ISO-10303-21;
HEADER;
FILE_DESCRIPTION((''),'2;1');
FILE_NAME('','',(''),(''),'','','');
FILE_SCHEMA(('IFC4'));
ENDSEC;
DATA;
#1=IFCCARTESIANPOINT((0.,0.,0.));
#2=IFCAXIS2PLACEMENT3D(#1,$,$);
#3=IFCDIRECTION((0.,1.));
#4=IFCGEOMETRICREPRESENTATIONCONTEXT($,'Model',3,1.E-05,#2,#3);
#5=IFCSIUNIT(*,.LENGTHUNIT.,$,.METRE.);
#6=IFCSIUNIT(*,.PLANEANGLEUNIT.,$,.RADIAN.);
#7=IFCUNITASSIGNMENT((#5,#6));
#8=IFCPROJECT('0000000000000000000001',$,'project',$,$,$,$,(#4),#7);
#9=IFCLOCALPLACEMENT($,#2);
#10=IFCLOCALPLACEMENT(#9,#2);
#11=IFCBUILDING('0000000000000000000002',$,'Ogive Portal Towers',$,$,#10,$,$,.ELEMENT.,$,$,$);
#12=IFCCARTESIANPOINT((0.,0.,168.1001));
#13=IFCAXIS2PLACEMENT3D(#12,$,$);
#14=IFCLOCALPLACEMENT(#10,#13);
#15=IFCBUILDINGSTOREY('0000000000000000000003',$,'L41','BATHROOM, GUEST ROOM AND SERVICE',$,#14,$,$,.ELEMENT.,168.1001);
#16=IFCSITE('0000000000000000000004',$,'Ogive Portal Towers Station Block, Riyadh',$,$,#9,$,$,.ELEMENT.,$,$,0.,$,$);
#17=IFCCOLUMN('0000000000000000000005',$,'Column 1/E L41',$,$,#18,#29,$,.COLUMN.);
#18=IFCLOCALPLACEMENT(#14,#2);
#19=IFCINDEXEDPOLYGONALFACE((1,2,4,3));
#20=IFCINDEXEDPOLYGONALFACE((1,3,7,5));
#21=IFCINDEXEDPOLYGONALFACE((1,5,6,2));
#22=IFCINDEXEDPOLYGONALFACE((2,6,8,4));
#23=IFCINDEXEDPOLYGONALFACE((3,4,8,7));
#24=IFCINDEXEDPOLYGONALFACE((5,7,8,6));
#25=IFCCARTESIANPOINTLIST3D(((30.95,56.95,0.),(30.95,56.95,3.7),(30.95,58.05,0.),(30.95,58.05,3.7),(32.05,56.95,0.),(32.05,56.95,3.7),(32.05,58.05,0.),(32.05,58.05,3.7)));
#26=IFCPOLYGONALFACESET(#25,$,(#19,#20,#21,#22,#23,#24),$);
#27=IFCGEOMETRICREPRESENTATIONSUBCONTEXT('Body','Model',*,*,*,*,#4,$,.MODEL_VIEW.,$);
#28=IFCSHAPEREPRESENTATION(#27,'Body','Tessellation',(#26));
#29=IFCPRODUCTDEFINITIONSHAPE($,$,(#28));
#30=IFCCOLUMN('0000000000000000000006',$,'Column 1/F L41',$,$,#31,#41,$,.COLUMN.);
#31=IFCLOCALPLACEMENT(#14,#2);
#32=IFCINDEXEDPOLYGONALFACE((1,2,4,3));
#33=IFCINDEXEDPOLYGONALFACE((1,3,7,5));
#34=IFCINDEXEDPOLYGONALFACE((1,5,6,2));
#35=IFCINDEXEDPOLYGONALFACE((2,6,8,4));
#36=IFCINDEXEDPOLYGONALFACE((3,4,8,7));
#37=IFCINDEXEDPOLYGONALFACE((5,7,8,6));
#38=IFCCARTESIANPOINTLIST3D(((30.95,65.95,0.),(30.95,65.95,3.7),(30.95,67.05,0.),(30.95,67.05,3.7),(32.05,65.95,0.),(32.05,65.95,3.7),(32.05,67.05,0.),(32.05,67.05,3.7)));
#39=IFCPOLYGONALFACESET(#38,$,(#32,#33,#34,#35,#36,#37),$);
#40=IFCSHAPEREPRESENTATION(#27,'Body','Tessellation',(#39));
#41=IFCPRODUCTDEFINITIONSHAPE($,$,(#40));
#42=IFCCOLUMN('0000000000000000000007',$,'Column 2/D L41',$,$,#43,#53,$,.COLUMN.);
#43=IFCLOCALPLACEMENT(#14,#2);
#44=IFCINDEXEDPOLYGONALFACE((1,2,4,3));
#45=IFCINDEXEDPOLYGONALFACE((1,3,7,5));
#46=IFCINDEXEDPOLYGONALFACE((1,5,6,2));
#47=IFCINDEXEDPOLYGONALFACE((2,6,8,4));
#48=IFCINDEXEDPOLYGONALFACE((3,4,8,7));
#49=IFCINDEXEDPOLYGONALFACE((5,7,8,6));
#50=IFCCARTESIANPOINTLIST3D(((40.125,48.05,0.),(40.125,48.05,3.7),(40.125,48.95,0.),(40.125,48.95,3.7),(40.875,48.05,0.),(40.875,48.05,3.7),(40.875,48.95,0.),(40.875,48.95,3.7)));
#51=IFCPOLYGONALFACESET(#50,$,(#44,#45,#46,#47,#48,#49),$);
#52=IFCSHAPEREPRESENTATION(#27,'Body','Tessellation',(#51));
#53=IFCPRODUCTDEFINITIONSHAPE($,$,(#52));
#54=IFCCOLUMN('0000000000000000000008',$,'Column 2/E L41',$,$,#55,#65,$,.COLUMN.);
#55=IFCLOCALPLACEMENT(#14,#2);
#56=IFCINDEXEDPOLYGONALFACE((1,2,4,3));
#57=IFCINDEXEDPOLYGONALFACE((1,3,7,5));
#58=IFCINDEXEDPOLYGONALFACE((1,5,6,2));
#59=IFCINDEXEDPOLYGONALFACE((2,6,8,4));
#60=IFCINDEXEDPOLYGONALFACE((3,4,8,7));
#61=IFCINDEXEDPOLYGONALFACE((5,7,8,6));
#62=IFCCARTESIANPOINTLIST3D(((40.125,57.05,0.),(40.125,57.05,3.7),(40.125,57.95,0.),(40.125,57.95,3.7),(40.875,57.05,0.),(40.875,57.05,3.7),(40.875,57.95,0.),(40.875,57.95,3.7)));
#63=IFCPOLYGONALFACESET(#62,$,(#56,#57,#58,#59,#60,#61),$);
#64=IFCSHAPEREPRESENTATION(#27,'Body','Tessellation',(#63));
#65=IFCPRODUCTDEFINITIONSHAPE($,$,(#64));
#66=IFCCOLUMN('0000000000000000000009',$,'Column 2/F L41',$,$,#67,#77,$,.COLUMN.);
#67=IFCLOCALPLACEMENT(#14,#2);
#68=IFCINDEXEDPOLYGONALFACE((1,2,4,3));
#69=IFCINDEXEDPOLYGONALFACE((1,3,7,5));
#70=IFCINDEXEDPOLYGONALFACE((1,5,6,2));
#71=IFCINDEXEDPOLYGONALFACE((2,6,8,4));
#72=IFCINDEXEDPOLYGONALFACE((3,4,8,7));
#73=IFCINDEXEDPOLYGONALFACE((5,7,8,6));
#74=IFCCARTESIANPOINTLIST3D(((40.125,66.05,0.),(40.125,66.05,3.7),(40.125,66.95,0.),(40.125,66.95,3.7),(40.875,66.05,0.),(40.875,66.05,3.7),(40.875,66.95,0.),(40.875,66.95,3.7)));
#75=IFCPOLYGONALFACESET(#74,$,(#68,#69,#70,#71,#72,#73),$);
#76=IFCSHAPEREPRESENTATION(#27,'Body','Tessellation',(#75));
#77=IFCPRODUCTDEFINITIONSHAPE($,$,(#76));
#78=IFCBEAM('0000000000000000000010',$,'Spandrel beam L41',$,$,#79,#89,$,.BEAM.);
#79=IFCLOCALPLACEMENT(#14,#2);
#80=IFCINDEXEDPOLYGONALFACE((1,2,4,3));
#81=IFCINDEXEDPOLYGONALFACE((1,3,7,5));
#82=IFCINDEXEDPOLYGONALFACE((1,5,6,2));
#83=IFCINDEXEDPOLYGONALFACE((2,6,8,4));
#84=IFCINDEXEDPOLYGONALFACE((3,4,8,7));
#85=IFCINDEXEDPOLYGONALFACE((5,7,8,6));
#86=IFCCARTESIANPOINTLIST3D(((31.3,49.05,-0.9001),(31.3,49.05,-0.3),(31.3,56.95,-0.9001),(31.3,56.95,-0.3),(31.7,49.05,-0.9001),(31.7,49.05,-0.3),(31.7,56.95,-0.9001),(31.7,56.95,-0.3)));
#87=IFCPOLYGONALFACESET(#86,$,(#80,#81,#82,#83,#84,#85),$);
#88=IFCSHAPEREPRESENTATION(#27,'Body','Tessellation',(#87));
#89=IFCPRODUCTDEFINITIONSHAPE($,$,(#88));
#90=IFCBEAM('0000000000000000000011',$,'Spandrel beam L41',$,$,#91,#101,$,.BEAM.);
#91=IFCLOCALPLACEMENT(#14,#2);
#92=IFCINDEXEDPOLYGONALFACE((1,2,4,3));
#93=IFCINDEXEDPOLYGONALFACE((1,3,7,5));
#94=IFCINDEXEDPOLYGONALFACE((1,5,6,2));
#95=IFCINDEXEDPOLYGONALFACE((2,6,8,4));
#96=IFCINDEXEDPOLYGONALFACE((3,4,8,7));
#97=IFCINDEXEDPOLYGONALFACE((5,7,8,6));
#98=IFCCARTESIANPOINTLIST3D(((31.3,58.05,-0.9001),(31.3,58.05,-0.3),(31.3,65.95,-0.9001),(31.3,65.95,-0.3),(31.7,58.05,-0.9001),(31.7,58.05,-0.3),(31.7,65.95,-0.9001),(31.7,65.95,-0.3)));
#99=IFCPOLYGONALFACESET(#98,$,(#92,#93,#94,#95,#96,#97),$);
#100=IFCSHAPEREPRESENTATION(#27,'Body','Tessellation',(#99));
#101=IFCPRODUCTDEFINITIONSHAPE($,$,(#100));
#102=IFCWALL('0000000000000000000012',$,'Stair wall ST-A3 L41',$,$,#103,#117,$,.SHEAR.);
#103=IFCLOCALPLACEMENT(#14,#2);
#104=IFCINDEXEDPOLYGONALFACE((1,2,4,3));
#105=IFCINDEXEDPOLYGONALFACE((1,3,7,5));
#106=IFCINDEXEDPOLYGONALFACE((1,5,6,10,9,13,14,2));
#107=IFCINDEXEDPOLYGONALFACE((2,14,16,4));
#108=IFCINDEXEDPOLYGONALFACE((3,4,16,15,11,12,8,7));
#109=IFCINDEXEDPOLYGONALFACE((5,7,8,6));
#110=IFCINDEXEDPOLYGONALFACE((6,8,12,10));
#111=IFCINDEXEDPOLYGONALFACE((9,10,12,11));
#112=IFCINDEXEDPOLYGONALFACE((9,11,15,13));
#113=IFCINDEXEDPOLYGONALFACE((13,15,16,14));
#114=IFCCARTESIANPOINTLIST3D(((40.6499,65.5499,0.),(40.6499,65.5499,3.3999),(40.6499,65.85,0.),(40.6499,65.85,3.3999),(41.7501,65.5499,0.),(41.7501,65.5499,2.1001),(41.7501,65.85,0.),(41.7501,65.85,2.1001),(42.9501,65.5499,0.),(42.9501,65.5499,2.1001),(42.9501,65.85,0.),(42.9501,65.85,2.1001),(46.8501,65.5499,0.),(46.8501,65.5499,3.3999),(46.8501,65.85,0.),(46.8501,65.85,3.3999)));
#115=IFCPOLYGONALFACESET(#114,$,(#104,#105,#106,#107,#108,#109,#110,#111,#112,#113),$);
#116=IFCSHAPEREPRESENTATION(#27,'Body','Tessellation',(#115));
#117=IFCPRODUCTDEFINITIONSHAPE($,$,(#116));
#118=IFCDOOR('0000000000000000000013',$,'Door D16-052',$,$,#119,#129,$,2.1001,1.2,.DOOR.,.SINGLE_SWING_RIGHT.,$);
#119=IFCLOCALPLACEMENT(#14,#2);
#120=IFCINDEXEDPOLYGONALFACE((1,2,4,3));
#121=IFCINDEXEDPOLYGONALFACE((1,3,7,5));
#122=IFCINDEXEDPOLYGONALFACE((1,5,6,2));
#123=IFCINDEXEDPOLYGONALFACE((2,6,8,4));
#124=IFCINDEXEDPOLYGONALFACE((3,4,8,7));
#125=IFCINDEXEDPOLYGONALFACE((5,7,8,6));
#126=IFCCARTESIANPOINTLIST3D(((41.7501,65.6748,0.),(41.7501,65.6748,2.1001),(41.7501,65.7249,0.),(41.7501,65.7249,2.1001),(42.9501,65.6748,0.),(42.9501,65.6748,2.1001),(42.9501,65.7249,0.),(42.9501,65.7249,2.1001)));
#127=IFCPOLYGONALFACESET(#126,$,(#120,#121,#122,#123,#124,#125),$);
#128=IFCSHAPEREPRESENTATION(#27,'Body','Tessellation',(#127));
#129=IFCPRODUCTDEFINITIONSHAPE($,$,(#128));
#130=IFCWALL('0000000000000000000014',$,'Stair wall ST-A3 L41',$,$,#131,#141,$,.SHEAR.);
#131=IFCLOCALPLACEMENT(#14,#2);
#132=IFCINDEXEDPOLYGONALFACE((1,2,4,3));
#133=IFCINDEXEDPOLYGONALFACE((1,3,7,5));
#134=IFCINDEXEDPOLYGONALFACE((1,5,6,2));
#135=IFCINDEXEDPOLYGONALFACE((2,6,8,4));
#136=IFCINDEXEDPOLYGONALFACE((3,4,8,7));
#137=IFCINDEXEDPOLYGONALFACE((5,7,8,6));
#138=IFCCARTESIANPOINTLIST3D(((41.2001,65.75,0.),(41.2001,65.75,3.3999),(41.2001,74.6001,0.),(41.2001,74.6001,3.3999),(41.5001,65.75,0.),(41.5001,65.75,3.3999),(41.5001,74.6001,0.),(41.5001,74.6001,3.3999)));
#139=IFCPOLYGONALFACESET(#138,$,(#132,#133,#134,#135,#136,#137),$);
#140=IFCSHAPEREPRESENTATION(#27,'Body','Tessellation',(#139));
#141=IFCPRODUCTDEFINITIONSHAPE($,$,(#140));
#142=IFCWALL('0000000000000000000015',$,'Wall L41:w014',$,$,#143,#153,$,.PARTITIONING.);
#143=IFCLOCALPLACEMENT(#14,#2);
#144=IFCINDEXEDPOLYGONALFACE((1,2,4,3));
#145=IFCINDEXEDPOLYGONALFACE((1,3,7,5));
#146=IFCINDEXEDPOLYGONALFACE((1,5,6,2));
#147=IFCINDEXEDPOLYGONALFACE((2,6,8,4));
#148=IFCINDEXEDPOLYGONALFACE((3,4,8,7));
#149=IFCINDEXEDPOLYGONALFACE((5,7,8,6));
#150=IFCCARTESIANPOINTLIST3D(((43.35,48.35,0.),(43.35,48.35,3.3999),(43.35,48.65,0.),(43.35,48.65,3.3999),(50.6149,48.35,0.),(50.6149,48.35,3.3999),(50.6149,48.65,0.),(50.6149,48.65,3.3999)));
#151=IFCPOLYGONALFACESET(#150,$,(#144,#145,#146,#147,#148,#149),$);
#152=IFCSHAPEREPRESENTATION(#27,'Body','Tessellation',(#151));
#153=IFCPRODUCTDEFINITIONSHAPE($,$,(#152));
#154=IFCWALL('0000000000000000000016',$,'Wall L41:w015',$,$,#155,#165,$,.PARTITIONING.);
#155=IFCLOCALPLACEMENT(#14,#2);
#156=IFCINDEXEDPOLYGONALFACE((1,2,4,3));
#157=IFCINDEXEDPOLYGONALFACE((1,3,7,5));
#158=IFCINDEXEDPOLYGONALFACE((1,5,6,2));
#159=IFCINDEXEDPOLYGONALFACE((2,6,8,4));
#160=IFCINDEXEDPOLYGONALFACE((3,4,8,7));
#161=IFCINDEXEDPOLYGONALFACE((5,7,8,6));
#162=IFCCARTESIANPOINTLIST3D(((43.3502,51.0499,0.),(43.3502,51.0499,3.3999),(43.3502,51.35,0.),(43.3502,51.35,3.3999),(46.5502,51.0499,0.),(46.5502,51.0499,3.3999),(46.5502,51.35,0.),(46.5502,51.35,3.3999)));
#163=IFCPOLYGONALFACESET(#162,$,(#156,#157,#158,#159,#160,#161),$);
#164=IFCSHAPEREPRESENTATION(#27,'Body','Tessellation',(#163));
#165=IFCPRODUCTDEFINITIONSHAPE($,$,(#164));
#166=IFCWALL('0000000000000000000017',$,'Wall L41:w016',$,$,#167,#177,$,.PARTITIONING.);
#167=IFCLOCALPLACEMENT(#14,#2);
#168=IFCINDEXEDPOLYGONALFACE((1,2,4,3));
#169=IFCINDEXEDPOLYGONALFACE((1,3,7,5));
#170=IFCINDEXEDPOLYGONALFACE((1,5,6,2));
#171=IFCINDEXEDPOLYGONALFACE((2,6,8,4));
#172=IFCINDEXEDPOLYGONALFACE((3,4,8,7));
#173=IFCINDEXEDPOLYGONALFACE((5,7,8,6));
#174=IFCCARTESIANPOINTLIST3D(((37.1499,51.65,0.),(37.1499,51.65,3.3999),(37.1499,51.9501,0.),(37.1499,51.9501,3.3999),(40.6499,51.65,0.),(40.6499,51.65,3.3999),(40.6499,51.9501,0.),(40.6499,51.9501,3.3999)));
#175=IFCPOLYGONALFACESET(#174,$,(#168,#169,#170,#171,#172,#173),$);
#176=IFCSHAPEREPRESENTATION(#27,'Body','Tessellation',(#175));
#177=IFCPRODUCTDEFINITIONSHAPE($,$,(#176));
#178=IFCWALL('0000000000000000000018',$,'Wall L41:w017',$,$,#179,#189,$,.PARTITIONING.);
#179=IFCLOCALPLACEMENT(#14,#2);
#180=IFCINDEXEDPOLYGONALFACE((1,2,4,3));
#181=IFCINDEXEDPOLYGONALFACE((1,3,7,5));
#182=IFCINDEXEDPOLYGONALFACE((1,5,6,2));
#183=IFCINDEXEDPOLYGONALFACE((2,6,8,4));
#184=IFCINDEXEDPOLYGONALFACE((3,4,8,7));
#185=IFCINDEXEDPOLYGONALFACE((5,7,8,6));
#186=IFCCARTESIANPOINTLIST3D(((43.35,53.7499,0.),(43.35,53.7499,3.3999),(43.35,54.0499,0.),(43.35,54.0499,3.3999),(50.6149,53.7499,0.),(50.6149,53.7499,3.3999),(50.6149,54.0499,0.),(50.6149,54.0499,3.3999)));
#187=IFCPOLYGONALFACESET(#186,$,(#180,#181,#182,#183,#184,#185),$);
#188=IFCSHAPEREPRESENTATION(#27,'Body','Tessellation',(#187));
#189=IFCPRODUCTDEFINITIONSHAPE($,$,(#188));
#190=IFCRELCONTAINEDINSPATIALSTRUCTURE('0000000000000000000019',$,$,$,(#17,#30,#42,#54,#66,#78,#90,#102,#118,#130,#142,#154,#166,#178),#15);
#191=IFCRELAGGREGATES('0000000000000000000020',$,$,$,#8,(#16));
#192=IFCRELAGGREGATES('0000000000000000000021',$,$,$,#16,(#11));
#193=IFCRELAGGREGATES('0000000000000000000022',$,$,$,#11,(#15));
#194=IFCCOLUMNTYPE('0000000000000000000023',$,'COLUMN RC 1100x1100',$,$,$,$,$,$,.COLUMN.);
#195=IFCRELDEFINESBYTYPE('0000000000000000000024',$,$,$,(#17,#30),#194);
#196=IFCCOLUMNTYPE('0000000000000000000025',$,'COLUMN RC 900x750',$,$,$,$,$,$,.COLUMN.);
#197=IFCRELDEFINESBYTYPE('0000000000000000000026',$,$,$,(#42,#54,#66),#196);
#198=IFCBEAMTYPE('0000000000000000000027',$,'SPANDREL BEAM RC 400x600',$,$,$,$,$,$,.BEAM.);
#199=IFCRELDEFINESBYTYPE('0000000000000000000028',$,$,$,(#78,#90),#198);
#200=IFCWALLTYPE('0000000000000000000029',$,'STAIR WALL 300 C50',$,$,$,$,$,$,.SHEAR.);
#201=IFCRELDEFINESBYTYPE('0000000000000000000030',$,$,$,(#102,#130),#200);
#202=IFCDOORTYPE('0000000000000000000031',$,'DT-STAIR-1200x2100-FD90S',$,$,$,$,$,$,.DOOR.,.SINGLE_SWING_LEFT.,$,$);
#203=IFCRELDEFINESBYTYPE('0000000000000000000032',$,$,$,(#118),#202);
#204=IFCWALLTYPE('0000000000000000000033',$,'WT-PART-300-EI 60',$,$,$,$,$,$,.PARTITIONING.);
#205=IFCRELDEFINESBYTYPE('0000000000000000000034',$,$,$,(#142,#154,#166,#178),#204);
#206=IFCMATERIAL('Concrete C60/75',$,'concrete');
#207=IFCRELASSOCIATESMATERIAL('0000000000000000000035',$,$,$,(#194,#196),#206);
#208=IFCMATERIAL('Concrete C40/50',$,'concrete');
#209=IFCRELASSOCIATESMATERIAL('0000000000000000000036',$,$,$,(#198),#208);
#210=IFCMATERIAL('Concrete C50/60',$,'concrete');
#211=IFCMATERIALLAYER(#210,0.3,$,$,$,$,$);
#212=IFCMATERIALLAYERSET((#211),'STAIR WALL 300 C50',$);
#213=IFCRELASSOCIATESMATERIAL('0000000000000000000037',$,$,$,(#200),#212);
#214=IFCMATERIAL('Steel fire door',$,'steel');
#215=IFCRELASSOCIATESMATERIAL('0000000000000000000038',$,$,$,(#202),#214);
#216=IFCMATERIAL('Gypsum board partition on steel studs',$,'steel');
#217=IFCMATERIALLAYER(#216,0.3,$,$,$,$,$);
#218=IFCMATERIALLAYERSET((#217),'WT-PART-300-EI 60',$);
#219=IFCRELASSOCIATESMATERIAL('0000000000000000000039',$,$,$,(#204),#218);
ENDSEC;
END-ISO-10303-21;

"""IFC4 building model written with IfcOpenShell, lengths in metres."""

from ifc_helpers import new_model, si_unit, direction, frame, frame_2d, origin, origin_2d, place, context, subcontext, project, spatial, rectangle, extrude, material, layer, layer_set, material_profile, profile_set, type_object, element, fill, save


model = new_model("IFC4")

# Units and contexts
model_context = context("Model", 3, precision=1e-05, world=origin(), true_north=direction((0.0, 1.0)))
body_context = subcontext(model_context, "Body", "Model", "MODEL_VIEW")
ifc_project = project(units=[si_unit("LENGTHUNIT", "METRE"), si_unit("PLANEANGLEUNIT", "RADIAN")], contexts=[model_context])

# Site, building, storey
site_placement = place(None, origin())
site = spatial("IfcSite", under=ifc_project, at=site_placement, Name="Ogive Portal Towers Station Block, Riyadh", CompositionType="ELEMENT", RefElevation=0.0)
building_placement = place(site_placement, origin())
building = spatial("IfcBuilding", under=site, at=building_placement, Name="Ogive Portal Towers", CompositionType="ELEMENT")
storey_placement = place(building_placement, frame((0.0, 0.0, 168.1001)))
storey = spatial("IfcBuildingStorey", under=building, at=storey_placement, Name="L41", Description="BATHROOM, GUEST ROOM AND SERVICE", CompositionType="ELEMENT", Elevation=168.1001)

# Columns
ifc_material_1 = material(Name="Concrete C60/75", Category="concrete")
ifc_material_profile_1 = material_profile(ifc_material_1, rectangle(XDim=1.1001, YDim=1.1001, at=origin_2d()), Name="RC 1100x1100")
ifc_profile_set_1 = profile_set([ifc_material_profile_1], Name="Concrete C60/75")
column_type_1 = type_object("IfcColumnType", Name="COLUMN RC 1100x1100", PredefinedType="COLUMN", material=ifc_profile_set_1)
for number, where, z_axis, x_axis, name in (
    (1, (31.5, 57.5, 0.0), (0.0, 0.0, 1.0), (1.0, 0.0, 0.0), "Column 1/E L41"),
    (2, (31.5, 66.5, 0.0), (0.0, 0.0, 1.0), (1.0, 0.0, 0.0), "Column 1/F L41"),
):
    element("IfcColumn", number, at=place(storey_placement, frame(where, z_axis=z_axis, x_axis=x_axis)), inside=storey, type_object=column_type_1, Name=name, PredefinedType="COLUMN", context=body_context, shape_type="SweptSolid", body=[
        extrude(rectangle(XDim=1.1001, YDim=1.1001, at=origin_2d()), origin(), (0.0, 0.0, 1.0), 3.7),
    ])
ifc_material_profile_2 = material_profile(ifc_material_1, rectangle(XDim=0.8999, YDim=0.75, at=origin_2d()), Name="RC 900x750")
ifc_profile_set_2 = profile_set([ifc_material_profile_2], Name="Concrete C60/75")
column_type_2 = type_object("IfcColumnType", Name="COLUMN RC 900x750", PredefinedType="COLUMN", material=ifc_profile_set_2)
for number, where, z_axis, x_axis, name in (
    (3, (40.5, 48.5, 0.0), (0.0, 0.0, 1.0), (0.0, 1.0, 0.0), "Column 2/D L41"),
    (4, (40.5, 57.5, 0.0), (0.0, 0.0, 1.0), (0.0, 1.0, 0.0), "Column 2/E L41"),
    (5, (40.5, 66.5, 0.0), (0.0, 0.0, 1.0), (0.0, 1.0, 0.0), "Column 2/F L41"),
):
    element("IfcColumn", number, at=place(storey_placement, frame(where, z_axis=z_axis, x_axis=x_axis)), inside=storey, type_object=column_type_2, Name=name, PredefinedType="COLUMN", context=body_context, shape_type="SweptSolid", body=[
        extrude(rectangle(XDim=0.8999, YDim=0.75, at=origin_2d()), origin(), (0.0, 0.0, 1.0), 3.7),
    ])

# Beams
ifc_material_2 = material(Name="Concrete C40/50", Category="concrete")
ifc_material_profile_3 = material_profile(ifc_material_2, rectangle(XDim=0.3999, YDim=0.6001, at=origin_2d()), Name="RC 400x600")
ifc_profile_set_3 = profile_set([ifc_material_profile_3], Name="Concrete C40/50")
beam_type = type_object("IfcBeamType", Name="SPANDREL BEAM RC 400x600", PredefinedType="BEAM", material=ifc_profile_set_3)
for number, where, z_axis, x_axis, name in (
    (6, (31.5, 49.05, -0.6001), (0.0, 1.0, 0.0), (-1.0, 0.0, 0.0), "Spandrel beam L41"),
    (7, (31.5, 58.05, -0.6001), (0.0, 1.0, 0.0), (-1.0, 0.0, 0.0), "Spandrel beam L41"),
):
    element("IfcBeam", number, at=place(storey_placement, frame(where, z_axis=z_axis, x_axis=x_axis)), inside=storey, type_object=beam_type, Name=name, PredefinedType="BEAM", context=body_context, shape_type="SweptSolid", body=[
        extrude(rectangle(XDim=0.3999, YDim=0.6001, at=origin_2d()), origin(), (0.0, 0.0, 1.0), 7.8999),
    ])

# Wall, opening, door
ifc_material_3 = material(Name="Concrete C50/60", Category="concrete")
ifc_layer_1 = layer(ifc_material_3, 0.3)
ifc_layer_set_1 = layer_set([ifc_layer_1], Name="STAIR WALL 300 C50")
wall_type_1 = type_object("IfcWallType", Name="STAIR WALL 300 C50", PredefinedType="SHEAR", material=ifc_layer_set_1)
wall_1_placement = place(storey_placement, frame((40.6499, 65.7, 0.0), z_axis=(0.0, 0.0, 1.0), x_axis=(1.0, 0.0, 0.0)))
wall_1 = element("IfcWall", 8, at=wall_1_placement, inside=storey, type_object=wall_type_1, Name="Stair wall ST-A3 L41", PredefinedType="SHEAR", context=body_context, shape_type="SweptSolid", body=[
    extrude(rectangle(XDim=6.2002, YDim=0.3, at=frame_2d((3.1001, 0.0))), origin(), (0.0, 0.0, 1.0), 3.3999),
])
opening_1_placement = place(wall_1_placement, frame((1.1001, 0.0, 0.0)))
opening_1 = element("IfcOpeningElement", 9, at=opening_1_placement, cuts=wall_1, PredefinedType="OPENING", context=body_context, shape_type="SweptSolid", body=[
    extrude(rectangle(XDim=1.2, YDim=2.1001, at=frame_2d((0.6001, 1.05))), frame((0.0, 0.1602, 0.0), z_axis=(0.0, -1.0, 0.0), x_axis=(1.0, 0.0, 0.0)), (0.0, 0.0, 1.0), 0.3201),
])
ifc_material_4 = material(Name="Steel fire door", Category="steel")
door_type_1 = type_object("IfcDoorType", Name="DT-STAIR-1200x2100-FD90S", OperationType="SINGLE_SWING_LEFT", PredefinedType="DOOR", material=ifc_material_4)
door_1_placement = place(opening_1_placement, origin())
door_1 = element("IfcDoor", 10, at=door_1_placement, inside=storey, type_object=door_type_1, Name="Door D16-052", OperationType="SINGLE_SWING_RIGHT", OverallHeight=2.1001, OverallWidth=1.2, PredefinedType="DOOR", context=body_context, shape_type="SweptSolid", body=[
    extrude(rectangle(XDim=1.2, YDim=2.1001, at=frame_2d((0.6001, 1.05))), frame((0.0, 0.0249, 0.0), z_axis=(0.0, -1.0, 0.0), x_axis=(1.0, 0.0, 0.0)), (0.0, 0.0, 1.0), 0.05),
])
fill(opening_1, door_1)

# Walls
wall_2_placement = place(storey_placement, frame((41.3501, 65.75, 0.0), z_axis=(0.0, 0.0, 1.0), x_axis=(0.0, 1.0, 0.0)))
element("IfcWall", 11, at=wall_2_placement, inside=storey, type_object=wall_type_1, Name="Stair wall ST-A3 L41", PredefinedType="SHEAR", context=body_context, shape_type="SweptSolid", body=[
    extrude(rectangle(XDim=8.8501, YDim=0.3, at=frame_2d((4.425, 0.0))), origin(), (0.0, 0.0, 1.0), 3.3999),
])
ifc_material_5 = material(Name="Gypsum board partition on steel studs", Category="steel")
ifc_layer_2 = layer(ifc_material_5, 0.3)
ifc_layer_set_2 = layer_set([ifc_layer_2], Name="WT-PART-300-EI 60")
wall_type_2 = type_object("IfcWallType", Name="WT-PART-300-EI 60", PredefinedType="PARTITIONING", material=ifc_layer_set_2)
wall_3_placement = place(storey_placement, frame((43.3501, 48.5, 0.0), z_axis=(0.0, 0.0, 1.0), x_axis=(1.0, 0.0, 0.0)))
element("IfcWall", 12, at=wall_3_placement, inside=storey, type_object=wall_type_2, Name="Wall L41:w014", PredefinedType="PARTITIONING", context=body_context, shape_type="SweptSolid", body=[
    extrude(rectangle(XDim=7.2649, YDim=0.3, at=frame_2d((3.6323, 0.0))), origin(), (0.0, 0.0, 1.0), 3.3999),
])
wall_4_placement = place(storey_placement, frame((43.3501, 51.2, 0.0), z_axis=(0.0, 0.0, 1.0), x_axis=(1.0, 0.0, 0.0)))
element("IfcWall", 13, at=wall_4_placement, inside=storey, type_object=wall_type_2, Name="Wall L41:w015", PredefinedType="PARTITIONING", context=body_context, shape_type="SweptSolid", body=[
    extrude(rectangle(XDim=3.2, YDim=0.3, at=frame_2d((1.6001, 0.0))), origin(), (0.0, 0.0, 1.0), 3.3999),
])
wall_5_placement = place(storey_placement, frame((37.1499, 51.8, 0.0), z_axis=(0.0, 0.0, 1.0), x_axis=(1.0, 0.0, 0.0)))
element("IfcWall", 14, at=wall_5_placement, inside=storey, type_object=wall_type_2, Name="Wall L41:w016", PredefinedType="PARTITIONING", context=body_context, shape_type="SweptSolid", body=[
    extrude(rectangle(XDim=3.5, YDim=0.3, at=frame_2d((1.75, 0.0))), origin(), (0.0, 0.0, 1.0), 3.3999),
])
wall_6_placement = place(storey_placement, frame((43.3501, 53.8999, 0.0), z_axis=(0.0, 0.0, 1.0), x_axis=(1.0, 0.0, 0.0)))
element("IfcWall", 15, at=wall_6_placement, inside=storey, type_object=wall_type_2, Name="Wall L41:w017", PredefinedType="PARTITIONING", context=body_context, shape_type="SweptSolid", body=[
    extrude(rectangle(XDim=7.2649, YDim=0.3, at=frame_2d((3.6323, 0.0))), origin(), (0.0, 0.0, 1.0), 3.3999),
])

save(model, "model.ifc")
